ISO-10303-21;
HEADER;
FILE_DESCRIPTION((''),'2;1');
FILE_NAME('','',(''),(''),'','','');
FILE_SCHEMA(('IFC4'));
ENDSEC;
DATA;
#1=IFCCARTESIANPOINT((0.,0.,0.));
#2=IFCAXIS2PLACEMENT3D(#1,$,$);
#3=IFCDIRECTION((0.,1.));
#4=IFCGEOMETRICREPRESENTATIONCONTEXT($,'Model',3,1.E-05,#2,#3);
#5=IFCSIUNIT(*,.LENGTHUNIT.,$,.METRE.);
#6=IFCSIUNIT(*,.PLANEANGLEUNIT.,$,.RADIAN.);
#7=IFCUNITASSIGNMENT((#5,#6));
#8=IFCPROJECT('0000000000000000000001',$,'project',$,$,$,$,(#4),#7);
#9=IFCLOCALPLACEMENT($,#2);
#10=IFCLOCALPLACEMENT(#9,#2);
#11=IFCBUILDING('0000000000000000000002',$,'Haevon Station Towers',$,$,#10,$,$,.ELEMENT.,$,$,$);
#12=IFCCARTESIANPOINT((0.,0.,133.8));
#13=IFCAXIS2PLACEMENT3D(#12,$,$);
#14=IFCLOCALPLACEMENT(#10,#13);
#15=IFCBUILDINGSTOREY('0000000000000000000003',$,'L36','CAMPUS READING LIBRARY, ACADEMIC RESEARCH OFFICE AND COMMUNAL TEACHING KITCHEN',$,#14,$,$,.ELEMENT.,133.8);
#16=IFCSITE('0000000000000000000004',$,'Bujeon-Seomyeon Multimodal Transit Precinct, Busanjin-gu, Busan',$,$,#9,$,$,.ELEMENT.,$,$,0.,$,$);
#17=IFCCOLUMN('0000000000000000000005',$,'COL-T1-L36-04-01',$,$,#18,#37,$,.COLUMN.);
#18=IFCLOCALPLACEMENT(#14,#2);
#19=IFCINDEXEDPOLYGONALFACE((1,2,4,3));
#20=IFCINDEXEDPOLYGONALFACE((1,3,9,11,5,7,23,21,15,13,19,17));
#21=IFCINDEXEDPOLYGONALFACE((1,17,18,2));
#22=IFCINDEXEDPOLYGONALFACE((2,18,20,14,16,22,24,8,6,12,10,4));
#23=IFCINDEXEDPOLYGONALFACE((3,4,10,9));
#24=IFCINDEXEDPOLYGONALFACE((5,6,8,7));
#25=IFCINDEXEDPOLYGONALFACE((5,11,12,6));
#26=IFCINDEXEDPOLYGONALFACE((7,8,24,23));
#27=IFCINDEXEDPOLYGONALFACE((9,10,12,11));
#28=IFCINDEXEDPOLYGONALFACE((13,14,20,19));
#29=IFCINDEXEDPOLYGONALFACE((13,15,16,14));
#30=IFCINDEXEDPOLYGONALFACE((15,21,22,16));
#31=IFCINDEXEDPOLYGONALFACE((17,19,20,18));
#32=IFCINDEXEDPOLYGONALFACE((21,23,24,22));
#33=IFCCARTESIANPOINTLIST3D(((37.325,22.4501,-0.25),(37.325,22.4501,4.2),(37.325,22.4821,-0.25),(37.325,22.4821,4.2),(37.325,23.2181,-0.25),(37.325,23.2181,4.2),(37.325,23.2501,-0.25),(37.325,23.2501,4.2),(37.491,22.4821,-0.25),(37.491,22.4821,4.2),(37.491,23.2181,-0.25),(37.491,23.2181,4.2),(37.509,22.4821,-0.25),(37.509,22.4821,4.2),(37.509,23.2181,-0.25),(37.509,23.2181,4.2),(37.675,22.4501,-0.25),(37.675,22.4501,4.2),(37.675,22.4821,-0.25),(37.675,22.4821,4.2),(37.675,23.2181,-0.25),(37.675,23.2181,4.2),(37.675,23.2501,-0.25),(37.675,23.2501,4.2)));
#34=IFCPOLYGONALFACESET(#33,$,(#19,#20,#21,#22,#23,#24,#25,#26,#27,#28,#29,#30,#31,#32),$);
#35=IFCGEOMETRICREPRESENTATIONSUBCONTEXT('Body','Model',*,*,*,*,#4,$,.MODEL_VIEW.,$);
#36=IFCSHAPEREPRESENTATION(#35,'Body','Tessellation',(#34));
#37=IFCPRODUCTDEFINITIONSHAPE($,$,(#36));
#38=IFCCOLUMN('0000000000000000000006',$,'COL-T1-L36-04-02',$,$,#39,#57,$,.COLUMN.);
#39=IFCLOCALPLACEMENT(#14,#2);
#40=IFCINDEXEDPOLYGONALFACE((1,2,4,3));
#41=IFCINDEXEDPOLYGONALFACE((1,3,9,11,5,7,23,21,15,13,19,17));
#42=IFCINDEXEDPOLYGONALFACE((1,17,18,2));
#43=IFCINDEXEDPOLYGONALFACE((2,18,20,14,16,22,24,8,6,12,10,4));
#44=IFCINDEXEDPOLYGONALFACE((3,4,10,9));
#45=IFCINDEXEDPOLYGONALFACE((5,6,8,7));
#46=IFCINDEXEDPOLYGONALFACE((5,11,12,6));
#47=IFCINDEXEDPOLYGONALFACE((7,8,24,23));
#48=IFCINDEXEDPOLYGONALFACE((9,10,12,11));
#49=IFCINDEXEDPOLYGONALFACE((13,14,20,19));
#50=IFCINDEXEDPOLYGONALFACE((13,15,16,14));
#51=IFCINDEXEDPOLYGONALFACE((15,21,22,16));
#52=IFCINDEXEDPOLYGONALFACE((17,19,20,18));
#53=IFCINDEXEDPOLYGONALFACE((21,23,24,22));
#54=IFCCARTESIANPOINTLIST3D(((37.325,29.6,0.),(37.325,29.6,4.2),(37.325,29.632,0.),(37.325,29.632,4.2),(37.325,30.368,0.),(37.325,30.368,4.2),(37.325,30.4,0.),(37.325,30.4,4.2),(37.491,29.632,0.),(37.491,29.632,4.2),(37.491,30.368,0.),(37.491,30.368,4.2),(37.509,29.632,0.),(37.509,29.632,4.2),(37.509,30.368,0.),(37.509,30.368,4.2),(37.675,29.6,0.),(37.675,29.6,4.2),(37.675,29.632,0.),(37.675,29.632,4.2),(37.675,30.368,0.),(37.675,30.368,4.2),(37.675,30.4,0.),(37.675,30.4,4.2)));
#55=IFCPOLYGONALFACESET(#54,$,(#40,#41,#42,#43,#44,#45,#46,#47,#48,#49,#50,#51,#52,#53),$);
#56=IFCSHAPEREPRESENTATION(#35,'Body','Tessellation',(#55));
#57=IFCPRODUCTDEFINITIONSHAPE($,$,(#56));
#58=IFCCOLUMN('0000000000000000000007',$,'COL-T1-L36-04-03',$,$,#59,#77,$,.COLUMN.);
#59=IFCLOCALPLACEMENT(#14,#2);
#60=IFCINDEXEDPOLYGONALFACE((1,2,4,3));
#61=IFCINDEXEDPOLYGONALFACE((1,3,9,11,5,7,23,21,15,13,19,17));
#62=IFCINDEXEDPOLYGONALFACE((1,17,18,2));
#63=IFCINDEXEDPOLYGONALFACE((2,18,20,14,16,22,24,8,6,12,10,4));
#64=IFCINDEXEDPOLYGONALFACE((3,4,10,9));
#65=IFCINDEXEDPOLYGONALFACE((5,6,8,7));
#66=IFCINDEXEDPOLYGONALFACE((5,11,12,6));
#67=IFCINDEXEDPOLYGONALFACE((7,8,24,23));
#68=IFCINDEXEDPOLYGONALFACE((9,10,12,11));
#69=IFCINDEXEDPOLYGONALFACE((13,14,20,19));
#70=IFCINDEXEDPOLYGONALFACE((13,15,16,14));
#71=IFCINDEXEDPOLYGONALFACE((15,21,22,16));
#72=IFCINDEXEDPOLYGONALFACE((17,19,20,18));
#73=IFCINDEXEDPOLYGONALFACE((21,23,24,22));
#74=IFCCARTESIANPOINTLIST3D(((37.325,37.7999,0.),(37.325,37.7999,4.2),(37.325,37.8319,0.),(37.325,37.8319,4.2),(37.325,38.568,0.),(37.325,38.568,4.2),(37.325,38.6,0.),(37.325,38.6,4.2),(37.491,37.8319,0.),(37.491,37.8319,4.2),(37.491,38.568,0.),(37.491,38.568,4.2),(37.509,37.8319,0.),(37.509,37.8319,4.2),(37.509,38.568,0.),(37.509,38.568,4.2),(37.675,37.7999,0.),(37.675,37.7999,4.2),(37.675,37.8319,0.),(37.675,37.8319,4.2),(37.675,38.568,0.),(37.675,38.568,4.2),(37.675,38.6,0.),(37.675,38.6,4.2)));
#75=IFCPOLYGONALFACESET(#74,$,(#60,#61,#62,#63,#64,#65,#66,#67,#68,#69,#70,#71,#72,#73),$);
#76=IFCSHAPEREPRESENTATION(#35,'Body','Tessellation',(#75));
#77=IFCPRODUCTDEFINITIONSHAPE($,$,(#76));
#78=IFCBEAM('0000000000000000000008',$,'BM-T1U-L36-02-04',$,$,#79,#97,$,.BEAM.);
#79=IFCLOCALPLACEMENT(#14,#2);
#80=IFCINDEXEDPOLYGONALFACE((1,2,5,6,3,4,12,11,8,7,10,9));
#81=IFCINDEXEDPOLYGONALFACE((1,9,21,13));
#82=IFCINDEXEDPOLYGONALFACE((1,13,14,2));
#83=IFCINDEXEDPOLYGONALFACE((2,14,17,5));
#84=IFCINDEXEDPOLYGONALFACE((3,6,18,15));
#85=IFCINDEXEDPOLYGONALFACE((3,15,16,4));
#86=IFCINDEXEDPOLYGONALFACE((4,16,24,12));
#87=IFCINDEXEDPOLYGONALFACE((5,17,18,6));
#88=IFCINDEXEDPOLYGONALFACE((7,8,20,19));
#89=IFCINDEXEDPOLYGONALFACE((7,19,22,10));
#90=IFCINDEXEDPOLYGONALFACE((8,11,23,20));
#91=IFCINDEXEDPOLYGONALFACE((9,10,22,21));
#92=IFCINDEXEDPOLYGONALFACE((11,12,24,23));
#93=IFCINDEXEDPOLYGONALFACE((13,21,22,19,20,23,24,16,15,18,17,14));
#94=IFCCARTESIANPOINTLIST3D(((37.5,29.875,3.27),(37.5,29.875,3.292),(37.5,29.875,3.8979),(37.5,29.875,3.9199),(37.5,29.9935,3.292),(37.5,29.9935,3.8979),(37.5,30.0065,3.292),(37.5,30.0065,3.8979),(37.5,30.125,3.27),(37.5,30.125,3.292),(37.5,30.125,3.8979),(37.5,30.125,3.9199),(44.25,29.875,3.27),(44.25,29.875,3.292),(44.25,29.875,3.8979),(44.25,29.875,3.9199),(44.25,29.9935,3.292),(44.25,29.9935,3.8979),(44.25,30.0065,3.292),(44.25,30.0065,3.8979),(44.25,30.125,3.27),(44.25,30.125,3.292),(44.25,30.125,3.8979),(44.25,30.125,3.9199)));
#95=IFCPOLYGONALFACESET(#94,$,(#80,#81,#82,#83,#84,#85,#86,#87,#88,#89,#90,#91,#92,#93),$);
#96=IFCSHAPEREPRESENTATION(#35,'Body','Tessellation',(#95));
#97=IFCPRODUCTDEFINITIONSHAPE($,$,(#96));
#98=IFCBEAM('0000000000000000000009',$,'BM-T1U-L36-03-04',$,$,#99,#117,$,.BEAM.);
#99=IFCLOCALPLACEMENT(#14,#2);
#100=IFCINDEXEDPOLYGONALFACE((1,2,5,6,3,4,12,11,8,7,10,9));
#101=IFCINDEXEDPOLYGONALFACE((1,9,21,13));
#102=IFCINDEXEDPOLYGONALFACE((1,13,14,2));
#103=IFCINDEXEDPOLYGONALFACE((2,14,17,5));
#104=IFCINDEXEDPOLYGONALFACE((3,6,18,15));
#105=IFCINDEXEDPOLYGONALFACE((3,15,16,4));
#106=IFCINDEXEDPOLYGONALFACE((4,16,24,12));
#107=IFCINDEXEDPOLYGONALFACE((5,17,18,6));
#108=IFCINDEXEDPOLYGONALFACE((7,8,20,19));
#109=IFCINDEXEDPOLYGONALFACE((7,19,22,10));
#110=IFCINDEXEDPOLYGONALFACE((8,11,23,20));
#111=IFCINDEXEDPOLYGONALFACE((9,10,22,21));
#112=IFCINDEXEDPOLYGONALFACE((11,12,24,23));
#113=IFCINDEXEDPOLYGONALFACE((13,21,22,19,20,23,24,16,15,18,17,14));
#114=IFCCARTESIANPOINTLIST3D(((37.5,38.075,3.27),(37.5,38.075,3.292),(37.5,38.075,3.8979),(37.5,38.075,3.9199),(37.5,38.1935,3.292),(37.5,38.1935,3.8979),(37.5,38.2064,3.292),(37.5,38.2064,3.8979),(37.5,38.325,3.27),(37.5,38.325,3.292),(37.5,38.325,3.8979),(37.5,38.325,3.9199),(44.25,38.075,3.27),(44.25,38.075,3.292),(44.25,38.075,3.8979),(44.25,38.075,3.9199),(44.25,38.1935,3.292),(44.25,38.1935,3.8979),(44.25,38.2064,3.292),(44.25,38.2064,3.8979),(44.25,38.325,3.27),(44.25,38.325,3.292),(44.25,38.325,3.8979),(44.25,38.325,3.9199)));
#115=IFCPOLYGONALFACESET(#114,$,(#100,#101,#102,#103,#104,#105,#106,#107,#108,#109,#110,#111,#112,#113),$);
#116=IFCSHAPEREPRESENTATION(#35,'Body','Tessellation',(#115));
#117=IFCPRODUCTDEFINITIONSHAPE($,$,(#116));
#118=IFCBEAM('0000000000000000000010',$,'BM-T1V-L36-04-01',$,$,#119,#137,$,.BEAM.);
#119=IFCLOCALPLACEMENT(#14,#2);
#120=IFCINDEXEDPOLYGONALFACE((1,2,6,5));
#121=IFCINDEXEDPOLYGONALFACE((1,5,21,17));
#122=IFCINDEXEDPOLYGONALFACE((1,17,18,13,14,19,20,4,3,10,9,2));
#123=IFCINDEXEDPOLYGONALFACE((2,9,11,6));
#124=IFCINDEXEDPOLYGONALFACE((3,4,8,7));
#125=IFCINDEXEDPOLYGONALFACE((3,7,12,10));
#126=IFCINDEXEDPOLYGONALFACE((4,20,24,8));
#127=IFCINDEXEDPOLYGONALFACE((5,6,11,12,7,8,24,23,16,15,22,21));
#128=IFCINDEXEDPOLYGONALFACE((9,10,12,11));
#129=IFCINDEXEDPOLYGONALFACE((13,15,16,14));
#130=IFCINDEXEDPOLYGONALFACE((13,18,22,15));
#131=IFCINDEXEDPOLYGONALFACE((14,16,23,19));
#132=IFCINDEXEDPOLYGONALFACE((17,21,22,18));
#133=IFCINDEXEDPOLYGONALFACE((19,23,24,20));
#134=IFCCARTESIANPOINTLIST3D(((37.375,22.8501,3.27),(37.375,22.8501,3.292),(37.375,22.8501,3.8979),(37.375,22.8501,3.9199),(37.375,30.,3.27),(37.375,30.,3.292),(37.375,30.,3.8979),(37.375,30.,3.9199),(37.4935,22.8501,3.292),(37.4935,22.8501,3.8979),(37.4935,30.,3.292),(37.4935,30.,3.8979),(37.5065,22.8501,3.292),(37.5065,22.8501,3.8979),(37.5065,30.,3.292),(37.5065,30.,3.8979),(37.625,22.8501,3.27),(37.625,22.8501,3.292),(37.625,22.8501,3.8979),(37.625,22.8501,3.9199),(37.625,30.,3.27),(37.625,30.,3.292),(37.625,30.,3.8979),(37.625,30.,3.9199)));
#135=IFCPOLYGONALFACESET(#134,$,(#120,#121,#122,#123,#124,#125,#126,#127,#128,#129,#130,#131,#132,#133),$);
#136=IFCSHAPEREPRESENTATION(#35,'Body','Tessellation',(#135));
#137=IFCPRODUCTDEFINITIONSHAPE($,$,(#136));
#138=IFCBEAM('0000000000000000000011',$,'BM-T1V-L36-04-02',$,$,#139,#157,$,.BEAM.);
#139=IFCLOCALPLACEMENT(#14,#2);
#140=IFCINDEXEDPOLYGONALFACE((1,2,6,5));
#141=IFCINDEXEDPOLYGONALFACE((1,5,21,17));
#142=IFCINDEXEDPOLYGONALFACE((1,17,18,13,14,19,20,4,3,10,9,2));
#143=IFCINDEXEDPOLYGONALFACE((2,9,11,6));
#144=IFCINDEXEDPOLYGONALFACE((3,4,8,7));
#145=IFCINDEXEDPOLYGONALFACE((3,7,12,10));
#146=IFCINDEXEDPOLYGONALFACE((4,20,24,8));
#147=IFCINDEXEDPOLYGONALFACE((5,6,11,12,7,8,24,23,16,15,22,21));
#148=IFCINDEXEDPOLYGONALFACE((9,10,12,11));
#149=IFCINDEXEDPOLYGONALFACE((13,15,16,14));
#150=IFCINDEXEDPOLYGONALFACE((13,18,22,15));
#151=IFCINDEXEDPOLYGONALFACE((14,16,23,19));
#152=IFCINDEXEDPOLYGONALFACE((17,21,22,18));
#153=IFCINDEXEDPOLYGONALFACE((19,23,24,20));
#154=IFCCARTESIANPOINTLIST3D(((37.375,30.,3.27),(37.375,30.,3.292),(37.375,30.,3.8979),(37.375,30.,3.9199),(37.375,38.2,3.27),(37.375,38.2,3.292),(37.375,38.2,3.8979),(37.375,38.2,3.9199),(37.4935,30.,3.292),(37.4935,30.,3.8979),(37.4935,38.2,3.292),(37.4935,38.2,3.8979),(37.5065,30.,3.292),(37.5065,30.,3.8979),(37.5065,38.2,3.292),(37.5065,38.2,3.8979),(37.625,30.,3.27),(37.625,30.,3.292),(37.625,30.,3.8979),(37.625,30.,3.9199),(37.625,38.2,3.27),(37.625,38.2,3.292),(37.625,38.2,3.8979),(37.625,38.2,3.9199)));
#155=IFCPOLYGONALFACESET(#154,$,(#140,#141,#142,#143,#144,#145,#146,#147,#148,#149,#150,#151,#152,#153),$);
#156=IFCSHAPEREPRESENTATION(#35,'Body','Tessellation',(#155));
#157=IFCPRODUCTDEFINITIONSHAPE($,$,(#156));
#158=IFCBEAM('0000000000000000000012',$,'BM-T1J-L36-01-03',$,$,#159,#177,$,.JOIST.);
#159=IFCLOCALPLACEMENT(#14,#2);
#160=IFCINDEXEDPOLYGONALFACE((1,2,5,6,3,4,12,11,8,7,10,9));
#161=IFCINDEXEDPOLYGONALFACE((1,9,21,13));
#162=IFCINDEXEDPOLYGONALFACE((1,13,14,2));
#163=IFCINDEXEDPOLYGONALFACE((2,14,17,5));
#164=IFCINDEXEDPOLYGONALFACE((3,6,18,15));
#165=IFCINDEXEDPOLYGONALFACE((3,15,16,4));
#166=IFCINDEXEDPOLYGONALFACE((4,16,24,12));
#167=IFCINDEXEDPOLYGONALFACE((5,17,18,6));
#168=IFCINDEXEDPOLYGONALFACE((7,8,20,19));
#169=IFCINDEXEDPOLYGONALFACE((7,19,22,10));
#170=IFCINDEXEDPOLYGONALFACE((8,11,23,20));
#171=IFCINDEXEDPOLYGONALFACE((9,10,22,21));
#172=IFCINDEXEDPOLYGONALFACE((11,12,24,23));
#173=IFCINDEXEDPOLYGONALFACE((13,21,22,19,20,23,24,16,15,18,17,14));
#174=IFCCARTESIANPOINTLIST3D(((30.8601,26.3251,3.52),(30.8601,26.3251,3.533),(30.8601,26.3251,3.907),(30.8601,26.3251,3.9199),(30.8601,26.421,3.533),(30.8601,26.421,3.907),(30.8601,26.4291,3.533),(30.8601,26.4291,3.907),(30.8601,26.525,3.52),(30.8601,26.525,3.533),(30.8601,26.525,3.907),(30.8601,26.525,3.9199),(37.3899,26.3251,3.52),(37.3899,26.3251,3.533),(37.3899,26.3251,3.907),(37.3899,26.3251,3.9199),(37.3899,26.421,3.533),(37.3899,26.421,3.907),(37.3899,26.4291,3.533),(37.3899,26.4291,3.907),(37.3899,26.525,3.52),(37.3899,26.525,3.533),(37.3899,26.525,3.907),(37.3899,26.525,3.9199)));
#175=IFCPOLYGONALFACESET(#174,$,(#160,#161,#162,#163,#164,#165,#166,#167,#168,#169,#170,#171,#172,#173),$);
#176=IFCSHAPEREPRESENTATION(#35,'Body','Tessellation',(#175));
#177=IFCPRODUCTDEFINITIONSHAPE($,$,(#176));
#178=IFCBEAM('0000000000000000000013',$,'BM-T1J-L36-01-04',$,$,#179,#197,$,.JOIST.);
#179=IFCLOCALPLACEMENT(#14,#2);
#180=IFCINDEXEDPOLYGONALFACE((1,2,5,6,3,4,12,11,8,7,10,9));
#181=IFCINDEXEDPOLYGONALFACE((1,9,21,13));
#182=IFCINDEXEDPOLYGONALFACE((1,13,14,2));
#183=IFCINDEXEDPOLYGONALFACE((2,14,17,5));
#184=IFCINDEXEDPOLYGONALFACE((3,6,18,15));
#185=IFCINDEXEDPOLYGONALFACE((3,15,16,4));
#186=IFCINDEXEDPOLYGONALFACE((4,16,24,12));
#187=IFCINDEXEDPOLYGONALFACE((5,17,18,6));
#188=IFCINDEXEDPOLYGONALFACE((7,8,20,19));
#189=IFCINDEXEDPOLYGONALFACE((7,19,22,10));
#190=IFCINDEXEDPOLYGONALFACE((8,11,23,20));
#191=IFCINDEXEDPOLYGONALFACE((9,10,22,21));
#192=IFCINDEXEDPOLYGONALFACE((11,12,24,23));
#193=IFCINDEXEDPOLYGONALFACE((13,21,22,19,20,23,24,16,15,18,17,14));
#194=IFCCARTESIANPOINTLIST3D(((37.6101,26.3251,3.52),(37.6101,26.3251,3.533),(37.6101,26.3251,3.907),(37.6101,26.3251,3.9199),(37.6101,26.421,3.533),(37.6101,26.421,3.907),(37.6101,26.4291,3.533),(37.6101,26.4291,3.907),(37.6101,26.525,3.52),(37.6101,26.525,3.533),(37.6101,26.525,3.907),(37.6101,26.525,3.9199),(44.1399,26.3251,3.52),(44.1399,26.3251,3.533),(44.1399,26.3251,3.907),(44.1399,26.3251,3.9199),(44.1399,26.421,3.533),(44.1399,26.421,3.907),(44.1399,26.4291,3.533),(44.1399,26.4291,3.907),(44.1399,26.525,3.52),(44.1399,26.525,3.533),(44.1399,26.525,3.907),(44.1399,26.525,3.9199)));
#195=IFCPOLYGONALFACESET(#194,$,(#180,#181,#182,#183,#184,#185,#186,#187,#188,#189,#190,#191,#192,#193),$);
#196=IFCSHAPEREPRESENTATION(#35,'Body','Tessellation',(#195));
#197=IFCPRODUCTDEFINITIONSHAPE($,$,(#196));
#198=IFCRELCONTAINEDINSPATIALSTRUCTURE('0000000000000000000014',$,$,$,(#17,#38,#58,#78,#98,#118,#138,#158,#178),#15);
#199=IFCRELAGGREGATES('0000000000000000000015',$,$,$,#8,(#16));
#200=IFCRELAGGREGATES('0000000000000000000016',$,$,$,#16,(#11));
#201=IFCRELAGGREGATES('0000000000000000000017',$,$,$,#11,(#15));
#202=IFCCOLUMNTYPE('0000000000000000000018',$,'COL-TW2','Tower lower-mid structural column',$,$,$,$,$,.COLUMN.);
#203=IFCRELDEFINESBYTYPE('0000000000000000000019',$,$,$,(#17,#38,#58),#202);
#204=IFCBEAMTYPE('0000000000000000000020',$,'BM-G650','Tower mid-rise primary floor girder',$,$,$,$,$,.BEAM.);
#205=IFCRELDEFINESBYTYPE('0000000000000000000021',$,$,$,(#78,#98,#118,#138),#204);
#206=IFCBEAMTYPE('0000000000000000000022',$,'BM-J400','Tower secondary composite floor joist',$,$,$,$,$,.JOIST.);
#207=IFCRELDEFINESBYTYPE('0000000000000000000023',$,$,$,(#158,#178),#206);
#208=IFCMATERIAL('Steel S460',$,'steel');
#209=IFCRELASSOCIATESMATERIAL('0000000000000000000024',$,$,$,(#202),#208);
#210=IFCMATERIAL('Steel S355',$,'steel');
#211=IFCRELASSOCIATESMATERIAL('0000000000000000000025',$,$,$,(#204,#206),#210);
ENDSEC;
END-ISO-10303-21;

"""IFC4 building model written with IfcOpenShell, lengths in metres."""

from ifc_helpers import new_model, si_unit, direction, frame, origin, origin_2d, place, context, subcontext, project, spatial, i_section, extrude, material, material_profile, profile_set, type_object, element, save


model = new_model("IFC4")

# Units and contexts
model_context = context("Model", 3, precision=1e-05, world=origin(), true_north=direction((0.0, 1.0)))
body_context = subcontext(model_context, "Body", "Model", "MODEL_VIEW")
ifc_project = project(units=[si_unit("LENGTHUNIT", "METRE"), si_unit("PLANEANGLEUNIT", "RADIAN")], contexts=[model_context])

# Site, building, storey
site_placement = place(None, origin())
site = spatial("IfcSite", under=ifc_project, at=site_placement, Name="Bujeon-Seomyeon Multimodal Transit Precinct, Busanjin-gu, Busan", CompositionType="ELEMENT", RefElevation=0.0)
building_placement = place(site_placement, origin())
building = spatial("IfcBuilding", under=site, at=building_placement, Name="Haevon Station Towers", CompositionType="ELEMENT")
storey_placement = place(building_placement, frame((0.0, 0.0, 133.8)))
storey = spatial("IfcBuildingStorey", under=building, at=storey_placement, Name="L36", Description="CAMPUS READING LIBRARY, ACADEMIC RESEARCH OFFICE AND COMMUNAL TEACHING KITCHEN", CompositionType="ELEMENT", Elevation=133.8)

# Columns
ifc_material_1 = material(Name="Steel S460", Category="steel")
ifc_material_profile_1 = material_profile(ifc_material_1, i_section(OverallWidth=0.3501, OverallDepth=0.8, WebThickness=0.0181, FlangeThickness=0.032, at=origin_2d()), Name="H-800x350x18x32")
ifc_profile_set_1 = profile_set([ifc_material_profile_1], Name="Steel S460")
column_type = type_object("IfcColumnType", Name="COL-TW2", Description="Tower lower-mid structural column", PredefinedType="COLUMN", material=ifc_profile_set_1)
column_placement = place(storey_placement, frame((37.5, 22.8501, -0.25), z_axis=(0.0, 0.0, 1.0), x_axis=(1.0, 0.0, 0.0)))
element("IfcColumn", 1, at=column_placement, inside=storey, type_object=column_type, Name="COL-T1-L36-04-01", PredefinedType="COLUMN", context=body_context, shape_type="SweptSolid", body=[
    extrude(i_section(OverallWidth=0.3501, OverallDepth=0.8, WebThickness=0.0181, FlangeThickness=0.032, at=origin_2d()), origin(), (0.0, 0.0, 1.0), 4.45),
])
for number, where, z_axis, x_axis, name in (
    (2, (37.5, 30.0, 0.0), (0.0, 0.0, 1.0), (1.0, 0.0, 0.0), "COL-T1-L36-04-02"),
    (3, (37.5, 38.2, 0.0), (0.0, 0.0, 1.0), (1.0, 0.0, 0.0), "COL-T1-L36-04-03"),
):
    element("IfcColumn", number, at=place(storey_placement, frame(where, z_axis=z_axis, x_axis=x_axis)), inside=storey, type_object=column_type, Name=name, PredefinedType="COLUMN", context=body_context, shape_type="SweptSolid", body=[
        extrude(i_section(OverallWidth=0.3501, OverallDepth=0.8, WebThickness=0.0181, FlangeThickness=0.032, at=origin_2d()), origin(), (0.0, 0.0, 1.0), 4.2),
    ])

# Beams
ifc_material_2 = material(Name="Steel S355", Category="steel")
ifc_material_profile_2 = material_profile(ifc_material_2, i_section(OverallWidth=0.25, OverallDepth=0.6499, WebThickness=0.0129, FlangeThickness=0.022, at=origin_2d()), Name="H-650x250x13x22")
ifc_profile_set_2 = profile_set([ifc_material_profile_2], Name="Steel S355")
beam_type_1 = type_object("IfcBeamType", Name="BM-G650", Description="Tower mid-rise primary floor girder", PredefinedType="BEAM", material=ifc_profile_set_2)
for number, where, z_axis, x_axis, name in (
    (4, (37.5, 30.0, 3.595), (1.0, 0.0, 0.0), (0.0, 1.0, 0.0), "BM-T1U-L36-02-04"),
    (5, (37.5, 38.2, 3.595), (1.0, 0.0, 0.0), (0.0, 1.0, 0.0), "BM-T1U-L36-03-04"),
):
    element("IfcBeam", number, at=place(storey_placement, frame(where, z_axis=z_axis, x_axis=x_axis)), inside=storey, type_object=beam_type_1, Name=name, PredefinedType="BEAM", context=body_context, shape_type="SweptSolid", body=[
        extrude(i_section(OverallWidth=0.25, OverallDepth=0.6499, WebThickness=0.0129, FlangeThickness=0.022, at=origin_2d()), origin(), (0.0, 0.0, 1.0), 6.75),
    ])
beam_1_placement = place(storey_placement, frame((37.5, 22.8501, 3.595), z_axis=(0.0, 1.0, 0.0), x_axis=(-1.0, 0.0, 0.0)))
element("IfcBeam", 6, at=beam_1_placement, inside=storey, type_object=beam_type_1, Name="BM-T1V-L36-04-01", PredefinedType="BEAM", context=body_context, shape_type="SweptSolid", body=[
    extrude(i_section(OverallWidth=0.25, OverallDepth=0.6499, WebThickness=0.0129, FlangeThickness=0.022, at=origin_2d()), origin(), (0.0, 0.0, 1.0), 7.1499),
])
beam_2_placement = place(storey_placement, frame((37.5, 30.0, 3.595), z_axis=(0.0, 1.0, 0.0), x_axis=(-1.0, 0.0, 0.0)))
element("IfcBeam", 7, at=beam_2_placement, inside=storey, type_object=beam_type_1, Name="BM-T1V-L36-04-02", PredefinedType="BEAM", context=body_context, shape_type="SweptSolid", body=[
    extrude(i_section(OverallWidth=0.25, OverallDepth=0.6499, WebThickness=0.0129, FlangeThickness=0.022, at=origin_2d()), origin(), (0.0, 0.0, 1.0), 8.2),
])
ifc_material_profile_3 = material_profile(ifc_material_2, i_section(OverallWidth=0.2, OverallDepth=0.3999, WebThickness=0.0081, FlangeThickness=0.0129, at=origin_2d()), Name="H-400x200x8x13")
ifc_profile_set_3 = profile_set([ifc_material_profile_3], Name="Steel S355")
beam_type_2 = type_object("IfcBeamType", Name="BM-J400", Description="Tower secondary composite floor joist", PredefinedType="JOIST", material=ifc_profile_set_3)
for number, where, z_axis, x_axis, name in (
    (8, (30.8601, 26.425, 3.72), (1.0, 0.0, 0.0), (0.0, 1.0, 0.0), "BM-T1J-L36-01-03"),
    (9, (37.6101, 26.425, 3.72), (1.0, 0.0, 0.0), (0.0, 1.0, 0.0), "BM-T1J-L36-01-04"),
):
    element("IfcBeam", number, at=place(storey_placement, frame(where, z_axis=z_axis, x_axis=x_axis)), inside=storey, type_object=beam_type_2, Name=name, PredefinedType="JOIST", context=body_context, shape_type="SweptSolid", body=[
        extrude(i_section(OverallWidth=0.2, OverallDepth=0.3999, WebThickness=0.0081, FlangeThickness=0.0129, at=origin_2d()), origin(), (0.0, 0.0, 1.0), 6.5298),
    ])

save(model, "model.ifc")
